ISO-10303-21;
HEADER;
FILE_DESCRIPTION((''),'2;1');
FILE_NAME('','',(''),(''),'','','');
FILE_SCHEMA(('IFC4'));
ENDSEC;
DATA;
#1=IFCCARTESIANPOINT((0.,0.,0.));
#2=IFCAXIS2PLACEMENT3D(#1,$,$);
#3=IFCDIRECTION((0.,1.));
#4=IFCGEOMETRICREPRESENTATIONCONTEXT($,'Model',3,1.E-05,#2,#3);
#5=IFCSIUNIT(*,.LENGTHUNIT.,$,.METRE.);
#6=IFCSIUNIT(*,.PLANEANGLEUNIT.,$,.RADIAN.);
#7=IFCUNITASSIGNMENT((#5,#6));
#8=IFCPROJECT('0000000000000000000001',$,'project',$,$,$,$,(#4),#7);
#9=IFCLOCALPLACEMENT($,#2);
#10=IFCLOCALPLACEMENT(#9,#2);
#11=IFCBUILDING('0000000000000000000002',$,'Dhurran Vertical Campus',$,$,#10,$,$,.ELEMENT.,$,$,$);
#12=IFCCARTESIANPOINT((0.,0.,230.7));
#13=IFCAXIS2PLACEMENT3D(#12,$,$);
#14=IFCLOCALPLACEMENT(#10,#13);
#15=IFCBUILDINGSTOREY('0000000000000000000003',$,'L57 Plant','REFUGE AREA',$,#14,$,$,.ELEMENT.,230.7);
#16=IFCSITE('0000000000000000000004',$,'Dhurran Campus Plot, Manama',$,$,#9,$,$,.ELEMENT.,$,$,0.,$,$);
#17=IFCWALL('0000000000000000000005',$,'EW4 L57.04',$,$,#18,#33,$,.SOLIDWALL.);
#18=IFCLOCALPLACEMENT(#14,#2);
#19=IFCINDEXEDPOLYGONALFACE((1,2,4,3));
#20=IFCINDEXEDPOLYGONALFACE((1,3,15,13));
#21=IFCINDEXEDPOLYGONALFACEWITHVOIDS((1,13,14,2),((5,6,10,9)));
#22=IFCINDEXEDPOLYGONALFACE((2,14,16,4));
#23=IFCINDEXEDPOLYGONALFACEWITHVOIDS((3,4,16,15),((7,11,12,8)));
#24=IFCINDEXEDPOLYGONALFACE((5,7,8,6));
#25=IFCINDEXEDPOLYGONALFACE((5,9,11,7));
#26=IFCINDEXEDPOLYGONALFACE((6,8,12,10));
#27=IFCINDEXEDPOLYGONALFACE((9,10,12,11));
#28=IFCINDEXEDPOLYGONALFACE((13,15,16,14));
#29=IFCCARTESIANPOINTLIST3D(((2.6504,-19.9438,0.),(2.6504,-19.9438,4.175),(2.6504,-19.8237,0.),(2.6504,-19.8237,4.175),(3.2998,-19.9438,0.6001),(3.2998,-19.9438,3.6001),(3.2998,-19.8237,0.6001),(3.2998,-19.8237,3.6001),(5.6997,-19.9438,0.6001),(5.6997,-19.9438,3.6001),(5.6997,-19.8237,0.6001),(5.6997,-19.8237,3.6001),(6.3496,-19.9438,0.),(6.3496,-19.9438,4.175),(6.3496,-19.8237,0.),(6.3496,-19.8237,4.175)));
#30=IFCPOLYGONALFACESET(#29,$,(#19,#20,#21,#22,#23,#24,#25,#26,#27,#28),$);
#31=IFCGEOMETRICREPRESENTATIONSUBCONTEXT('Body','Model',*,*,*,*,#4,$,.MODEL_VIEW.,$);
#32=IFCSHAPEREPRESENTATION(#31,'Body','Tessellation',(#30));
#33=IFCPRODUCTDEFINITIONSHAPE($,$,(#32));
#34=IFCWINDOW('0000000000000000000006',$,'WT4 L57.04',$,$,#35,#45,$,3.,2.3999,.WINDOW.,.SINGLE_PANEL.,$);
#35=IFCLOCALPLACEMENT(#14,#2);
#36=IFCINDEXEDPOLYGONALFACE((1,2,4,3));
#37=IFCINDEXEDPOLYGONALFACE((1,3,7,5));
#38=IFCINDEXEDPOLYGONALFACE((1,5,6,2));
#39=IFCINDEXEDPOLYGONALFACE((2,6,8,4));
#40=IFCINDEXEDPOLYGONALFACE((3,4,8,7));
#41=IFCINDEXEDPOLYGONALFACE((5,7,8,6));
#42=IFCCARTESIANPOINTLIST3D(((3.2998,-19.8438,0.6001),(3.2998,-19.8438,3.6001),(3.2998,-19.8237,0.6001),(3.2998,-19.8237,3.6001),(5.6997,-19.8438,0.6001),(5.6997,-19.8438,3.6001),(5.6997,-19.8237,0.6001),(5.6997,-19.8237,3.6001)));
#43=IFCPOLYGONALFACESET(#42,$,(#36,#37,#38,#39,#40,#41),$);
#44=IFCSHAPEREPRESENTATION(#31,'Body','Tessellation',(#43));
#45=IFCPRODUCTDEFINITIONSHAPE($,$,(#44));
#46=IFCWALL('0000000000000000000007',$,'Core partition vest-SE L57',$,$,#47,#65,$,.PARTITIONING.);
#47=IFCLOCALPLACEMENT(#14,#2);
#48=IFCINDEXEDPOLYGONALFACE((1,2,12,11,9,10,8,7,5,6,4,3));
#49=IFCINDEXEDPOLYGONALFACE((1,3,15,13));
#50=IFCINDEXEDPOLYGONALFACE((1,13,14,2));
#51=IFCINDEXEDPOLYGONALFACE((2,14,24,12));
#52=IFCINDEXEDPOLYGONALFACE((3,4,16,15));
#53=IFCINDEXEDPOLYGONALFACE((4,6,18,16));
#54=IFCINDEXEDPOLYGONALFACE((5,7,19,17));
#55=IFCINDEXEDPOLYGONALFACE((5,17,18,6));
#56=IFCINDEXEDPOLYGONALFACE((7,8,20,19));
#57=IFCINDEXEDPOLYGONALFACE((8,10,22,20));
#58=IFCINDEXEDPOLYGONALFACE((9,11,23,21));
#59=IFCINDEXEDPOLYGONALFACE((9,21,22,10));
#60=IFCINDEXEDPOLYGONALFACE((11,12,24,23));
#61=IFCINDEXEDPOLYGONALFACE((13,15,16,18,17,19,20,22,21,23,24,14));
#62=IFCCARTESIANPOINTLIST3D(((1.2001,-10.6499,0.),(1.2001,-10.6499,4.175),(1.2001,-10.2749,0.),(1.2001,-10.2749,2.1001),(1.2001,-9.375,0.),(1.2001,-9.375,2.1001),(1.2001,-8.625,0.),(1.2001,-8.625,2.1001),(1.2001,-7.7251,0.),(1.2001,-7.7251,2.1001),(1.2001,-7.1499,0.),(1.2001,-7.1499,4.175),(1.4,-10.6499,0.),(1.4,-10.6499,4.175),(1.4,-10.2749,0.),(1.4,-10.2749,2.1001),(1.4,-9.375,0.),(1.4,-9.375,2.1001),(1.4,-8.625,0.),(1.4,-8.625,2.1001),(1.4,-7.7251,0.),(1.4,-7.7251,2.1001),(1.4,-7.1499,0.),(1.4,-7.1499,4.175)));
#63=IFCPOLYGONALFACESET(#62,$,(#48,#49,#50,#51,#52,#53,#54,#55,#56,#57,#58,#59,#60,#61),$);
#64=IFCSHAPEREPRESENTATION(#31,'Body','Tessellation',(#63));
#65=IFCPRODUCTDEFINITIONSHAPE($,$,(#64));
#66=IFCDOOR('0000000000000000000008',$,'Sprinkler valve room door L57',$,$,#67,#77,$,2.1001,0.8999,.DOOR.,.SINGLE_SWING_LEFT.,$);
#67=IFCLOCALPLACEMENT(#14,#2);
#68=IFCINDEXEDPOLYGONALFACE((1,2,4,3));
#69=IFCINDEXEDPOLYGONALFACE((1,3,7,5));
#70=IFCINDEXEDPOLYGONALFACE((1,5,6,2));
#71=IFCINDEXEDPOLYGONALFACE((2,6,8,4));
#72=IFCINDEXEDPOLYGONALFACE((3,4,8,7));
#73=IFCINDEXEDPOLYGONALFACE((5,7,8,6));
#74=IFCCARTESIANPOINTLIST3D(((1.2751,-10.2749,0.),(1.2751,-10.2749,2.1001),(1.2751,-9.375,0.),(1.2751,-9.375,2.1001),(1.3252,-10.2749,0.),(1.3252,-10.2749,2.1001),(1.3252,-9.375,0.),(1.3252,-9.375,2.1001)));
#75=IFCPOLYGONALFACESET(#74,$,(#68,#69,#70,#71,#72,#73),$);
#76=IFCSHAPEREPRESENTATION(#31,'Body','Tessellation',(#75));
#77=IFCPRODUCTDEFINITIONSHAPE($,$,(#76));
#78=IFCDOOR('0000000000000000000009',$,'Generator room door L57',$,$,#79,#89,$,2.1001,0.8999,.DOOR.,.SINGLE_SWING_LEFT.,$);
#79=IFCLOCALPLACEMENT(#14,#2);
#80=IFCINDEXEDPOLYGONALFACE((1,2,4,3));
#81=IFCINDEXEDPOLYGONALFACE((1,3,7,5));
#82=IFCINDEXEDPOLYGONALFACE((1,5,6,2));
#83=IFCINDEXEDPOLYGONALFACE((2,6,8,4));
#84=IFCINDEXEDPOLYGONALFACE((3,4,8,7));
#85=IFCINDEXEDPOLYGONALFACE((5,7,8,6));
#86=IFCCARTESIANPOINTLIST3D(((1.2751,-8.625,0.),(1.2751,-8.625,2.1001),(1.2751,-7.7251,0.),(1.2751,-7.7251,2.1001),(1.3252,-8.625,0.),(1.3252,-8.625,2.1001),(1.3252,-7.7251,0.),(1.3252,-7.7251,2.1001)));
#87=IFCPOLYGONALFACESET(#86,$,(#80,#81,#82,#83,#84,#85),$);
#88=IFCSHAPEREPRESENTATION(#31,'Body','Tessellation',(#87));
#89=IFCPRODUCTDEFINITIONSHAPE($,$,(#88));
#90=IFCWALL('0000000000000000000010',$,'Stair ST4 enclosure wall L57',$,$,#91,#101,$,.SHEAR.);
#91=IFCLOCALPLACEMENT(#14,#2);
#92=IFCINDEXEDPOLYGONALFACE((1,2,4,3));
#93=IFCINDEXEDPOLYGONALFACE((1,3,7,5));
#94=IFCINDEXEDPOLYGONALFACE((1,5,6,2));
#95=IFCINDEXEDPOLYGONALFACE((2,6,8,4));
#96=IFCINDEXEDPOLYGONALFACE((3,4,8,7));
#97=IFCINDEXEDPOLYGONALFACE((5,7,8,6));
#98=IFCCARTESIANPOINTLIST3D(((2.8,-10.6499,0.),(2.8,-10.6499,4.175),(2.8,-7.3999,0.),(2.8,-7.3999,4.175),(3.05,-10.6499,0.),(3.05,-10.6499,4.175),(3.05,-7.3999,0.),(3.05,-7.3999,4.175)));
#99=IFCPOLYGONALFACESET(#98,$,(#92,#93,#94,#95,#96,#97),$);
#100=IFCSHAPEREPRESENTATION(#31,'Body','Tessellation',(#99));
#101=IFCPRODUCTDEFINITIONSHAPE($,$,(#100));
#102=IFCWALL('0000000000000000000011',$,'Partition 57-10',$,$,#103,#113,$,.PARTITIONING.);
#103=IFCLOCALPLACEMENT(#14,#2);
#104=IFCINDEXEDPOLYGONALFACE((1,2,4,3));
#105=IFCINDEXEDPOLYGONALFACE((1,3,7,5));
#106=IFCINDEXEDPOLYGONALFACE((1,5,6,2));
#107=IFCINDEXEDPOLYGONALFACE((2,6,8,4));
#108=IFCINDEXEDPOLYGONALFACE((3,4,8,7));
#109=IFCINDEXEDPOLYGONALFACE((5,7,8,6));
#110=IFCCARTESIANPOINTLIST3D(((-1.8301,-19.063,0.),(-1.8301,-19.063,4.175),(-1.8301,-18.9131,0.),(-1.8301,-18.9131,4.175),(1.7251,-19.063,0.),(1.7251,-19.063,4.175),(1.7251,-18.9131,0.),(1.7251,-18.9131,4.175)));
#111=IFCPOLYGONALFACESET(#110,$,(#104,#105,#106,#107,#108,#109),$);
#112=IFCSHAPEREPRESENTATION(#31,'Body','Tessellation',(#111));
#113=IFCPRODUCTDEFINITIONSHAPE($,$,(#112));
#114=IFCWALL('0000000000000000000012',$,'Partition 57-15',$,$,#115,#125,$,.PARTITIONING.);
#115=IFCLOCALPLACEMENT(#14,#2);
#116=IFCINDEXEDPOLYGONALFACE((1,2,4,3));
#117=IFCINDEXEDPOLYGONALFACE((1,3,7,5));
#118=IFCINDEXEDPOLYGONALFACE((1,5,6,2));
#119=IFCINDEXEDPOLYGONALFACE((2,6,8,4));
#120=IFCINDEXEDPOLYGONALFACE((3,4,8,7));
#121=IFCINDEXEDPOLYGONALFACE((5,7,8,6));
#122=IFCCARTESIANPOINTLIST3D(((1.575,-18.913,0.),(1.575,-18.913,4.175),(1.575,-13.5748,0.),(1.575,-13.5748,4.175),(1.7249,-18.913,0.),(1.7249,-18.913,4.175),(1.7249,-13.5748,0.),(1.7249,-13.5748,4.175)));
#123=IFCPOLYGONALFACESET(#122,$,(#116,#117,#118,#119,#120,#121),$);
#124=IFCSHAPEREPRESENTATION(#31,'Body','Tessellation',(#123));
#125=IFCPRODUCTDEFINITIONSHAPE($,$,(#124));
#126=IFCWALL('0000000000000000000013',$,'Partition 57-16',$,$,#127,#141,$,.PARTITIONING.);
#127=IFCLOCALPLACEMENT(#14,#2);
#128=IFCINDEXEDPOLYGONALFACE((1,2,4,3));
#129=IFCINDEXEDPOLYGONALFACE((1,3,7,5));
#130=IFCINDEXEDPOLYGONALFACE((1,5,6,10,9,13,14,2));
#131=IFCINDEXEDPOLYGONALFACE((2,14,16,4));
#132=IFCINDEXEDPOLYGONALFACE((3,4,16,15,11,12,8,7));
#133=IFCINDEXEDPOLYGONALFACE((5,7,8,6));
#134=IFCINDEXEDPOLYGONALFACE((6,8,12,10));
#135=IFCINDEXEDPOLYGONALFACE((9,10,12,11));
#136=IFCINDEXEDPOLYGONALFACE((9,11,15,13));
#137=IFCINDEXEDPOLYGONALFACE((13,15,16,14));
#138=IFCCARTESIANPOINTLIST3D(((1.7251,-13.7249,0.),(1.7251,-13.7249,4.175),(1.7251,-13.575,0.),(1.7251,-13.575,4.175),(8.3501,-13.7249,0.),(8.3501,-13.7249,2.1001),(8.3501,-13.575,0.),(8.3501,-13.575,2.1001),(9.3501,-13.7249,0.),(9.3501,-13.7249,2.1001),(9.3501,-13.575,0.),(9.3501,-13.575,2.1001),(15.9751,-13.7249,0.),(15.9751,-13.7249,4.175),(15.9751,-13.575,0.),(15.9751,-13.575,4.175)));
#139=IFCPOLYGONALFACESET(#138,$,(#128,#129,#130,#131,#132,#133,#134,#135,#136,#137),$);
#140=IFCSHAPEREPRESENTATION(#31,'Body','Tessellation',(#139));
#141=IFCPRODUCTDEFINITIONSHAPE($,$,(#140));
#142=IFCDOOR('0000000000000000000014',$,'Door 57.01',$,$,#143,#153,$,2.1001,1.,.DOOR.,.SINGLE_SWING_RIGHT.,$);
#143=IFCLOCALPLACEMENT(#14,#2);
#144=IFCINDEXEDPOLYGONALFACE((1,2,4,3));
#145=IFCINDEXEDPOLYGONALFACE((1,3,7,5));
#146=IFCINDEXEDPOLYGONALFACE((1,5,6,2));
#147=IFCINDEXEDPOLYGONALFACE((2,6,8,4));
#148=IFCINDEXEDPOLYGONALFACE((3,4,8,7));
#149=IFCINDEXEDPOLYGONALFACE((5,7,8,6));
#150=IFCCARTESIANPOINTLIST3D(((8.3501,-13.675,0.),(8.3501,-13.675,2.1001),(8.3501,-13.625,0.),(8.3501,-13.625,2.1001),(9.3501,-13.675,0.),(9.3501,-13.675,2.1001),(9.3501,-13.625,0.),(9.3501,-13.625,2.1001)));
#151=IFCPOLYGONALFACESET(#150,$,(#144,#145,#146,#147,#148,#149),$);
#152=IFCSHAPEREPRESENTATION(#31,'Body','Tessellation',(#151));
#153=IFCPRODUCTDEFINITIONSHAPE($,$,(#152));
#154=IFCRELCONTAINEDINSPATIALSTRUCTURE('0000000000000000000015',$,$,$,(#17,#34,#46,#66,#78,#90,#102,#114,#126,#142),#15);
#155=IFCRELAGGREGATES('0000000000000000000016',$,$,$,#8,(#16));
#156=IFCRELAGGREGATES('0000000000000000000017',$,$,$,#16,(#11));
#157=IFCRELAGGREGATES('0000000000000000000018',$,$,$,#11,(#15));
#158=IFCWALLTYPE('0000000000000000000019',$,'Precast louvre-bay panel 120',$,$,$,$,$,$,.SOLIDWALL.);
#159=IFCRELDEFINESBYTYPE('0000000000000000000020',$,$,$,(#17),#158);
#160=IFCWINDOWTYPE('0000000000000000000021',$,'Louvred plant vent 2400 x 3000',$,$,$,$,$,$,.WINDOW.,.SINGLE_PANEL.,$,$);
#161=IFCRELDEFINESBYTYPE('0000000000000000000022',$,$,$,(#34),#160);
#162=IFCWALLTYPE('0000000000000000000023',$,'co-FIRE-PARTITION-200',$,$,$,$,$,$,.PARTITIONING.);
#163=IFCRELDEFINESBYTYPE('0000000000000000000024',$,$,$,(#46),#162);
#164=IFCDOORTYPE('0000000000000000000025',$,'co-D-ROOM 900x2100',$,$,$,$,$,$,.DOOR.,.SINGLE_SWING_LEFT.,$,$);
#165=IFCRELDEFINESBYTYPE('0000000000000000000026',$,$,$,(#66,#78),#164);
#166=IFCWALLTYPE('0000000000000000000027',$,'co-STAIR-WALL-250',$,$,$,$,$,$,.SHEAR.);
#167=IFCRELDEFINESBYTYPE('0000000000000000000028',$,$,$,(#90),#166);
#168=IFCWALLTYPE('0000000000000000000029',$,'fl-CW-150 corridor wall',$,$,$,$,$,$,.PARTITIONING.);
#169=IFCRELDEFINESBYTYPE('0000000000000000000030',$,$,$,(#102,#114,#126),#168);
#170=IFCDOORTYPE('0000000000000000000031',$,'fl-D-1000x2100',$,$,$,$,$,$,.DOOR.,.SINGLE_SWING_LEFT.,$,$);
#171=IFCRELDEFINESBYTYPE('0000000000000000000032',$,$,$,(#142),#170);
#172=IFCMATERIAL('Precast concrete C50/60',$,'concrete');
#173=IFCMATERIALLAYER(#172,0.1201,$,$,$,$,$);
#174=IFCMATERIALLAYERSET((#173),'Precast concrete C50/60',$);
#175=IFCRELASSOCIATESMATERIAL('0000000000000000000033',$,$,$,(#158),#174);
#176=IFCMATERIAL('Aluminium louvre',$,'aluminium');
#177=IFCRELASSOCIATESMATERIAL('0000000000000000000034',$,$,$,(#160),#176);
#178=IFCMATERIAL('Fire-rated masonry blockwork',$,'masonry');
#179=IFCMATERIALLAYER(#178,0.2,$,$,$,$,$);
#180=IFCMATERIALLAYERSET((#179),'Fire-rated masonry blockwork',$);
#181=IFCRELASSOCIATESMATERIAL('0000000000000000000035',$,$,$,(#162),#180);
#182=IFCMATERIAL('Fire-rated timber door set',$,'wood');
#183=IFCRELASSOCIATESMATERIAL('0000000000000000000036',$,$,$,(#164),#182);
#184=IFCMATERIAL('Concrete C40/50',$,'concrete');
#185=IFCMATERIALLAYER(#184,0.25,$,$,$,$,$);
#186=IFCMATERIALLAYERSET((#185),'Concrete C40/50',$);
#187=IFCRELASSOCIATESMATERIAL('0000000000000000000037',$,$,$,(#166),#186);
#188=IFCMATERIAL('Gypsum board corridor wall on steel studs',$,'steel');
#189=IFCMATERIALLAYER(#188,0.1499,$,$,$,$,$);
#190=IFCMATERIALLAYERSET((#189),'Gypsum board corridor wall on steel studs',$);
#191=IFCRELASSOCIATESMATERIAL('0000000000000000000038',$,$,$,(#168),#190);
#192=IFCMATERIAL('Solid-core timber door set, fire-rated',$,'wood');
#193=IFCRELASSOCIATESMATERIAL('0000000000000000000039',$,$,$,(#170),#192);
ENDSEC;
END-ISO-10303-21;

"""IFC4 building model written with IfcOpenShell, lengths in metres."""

from ifc_helpers import new_model, si_unit, direction, frame, frame_2d, origin, place, context, subcontext, project, spatial, rectangle, extrude, material, layer, layer_set, type_object, element, fill, save


model = new_model("IFC4")

# Units and contexts
model_context = context("Model", 3, precision=1e-05, world=origin(), true_north=direction((0.0, 1.0)))
body_context = subcontext(model_context, "Body", "Model", "MODEL_VIEW")
ifc_project = project(units=[si_unit("LENGTHUNIT", "METRE"), si_unit("PLANEANGLEUNIT", "RADIAN")], contexts=[model_context])

# Site, building, storey
site_placement = place(None, origin())
site = spatial("IfcSite", under=ifc_project, at=site_placement, Name="Dhurran Campus Plot, Manama", CompositionType="ELEMENT", RefElevation=0.0)
building_placement = place(site_placement, origin())
building = spatial("IfcBuilding", under=site, at=building_placement, Name="Dhurran Vertical Campus", CompositionType="ELEMENT")
storey_placement = place(building_placement, frame((0.0, 0.0, 230.7)))
storey = spatial("IfcBuildingStorey", under=building, at=storey_placement, Name="L57 Plant", Description="REFUGE AREA", CompositionType="ELEMENT", Elevation=230.7)

# Wall, opening, window
ifc_material_1 = material(Name="Precast concrete C50/60", Category="concrete")
ifc_layer_1 = layer(ifc_material_1, 0.1201)
ifc_layer_set_1 = layer_set([ifc_layer_1], Name="Precast concrete C50/60")
wall_type_1 = type_object("IfcWallType", Name="Precast louvre-bay panel 120", PredefinedType="SOLIDWALL", material=ifc_layer_set_1)
wall_1_placement = place(storey_placement, frame((2.6504, -19.8838, 0.0), z_axis=(0.0, 0.0, 1.0), x_axis=(1.0, 0.0, 0.0)))
wall_1 = element("IfcWall", 1, at=wall_1_placement, inside=storey, type_object=wall_type_1, Name="EW4 L57.04", PredefinedType="SOLIDWALL", context=body_context, shape_type="SweptSolid", body=[
    extrude(rectangle(XDim=3.6992, YDim=0.1201, at=frame_2d((1.8496, 0.0))), origin(), (0.0, 0.0, 1.0), 4.175),
])
opening_1_placement = place(wall_1_placement, frame((0.6494, 0.0, 0.6001)))
opening_1 = element("IfcOpeningElement", 2, at=opening_1_placement, cuts=wall_1, PredefinedType="OPENING", context=body_context, shape_type="SweptSolid", body=[
    extrude(rectangle(XDim=2.3999, YDim=3.0, at=frame_2d((1.2, 1.5))), frame((0.0, 0.0701, 0.0), z_axis=(0.0, -1.0, 0.0), x_axis=(1.0, 0.0, 0.0)), (0.0, 0.0, 1.0), 0.1401),
])
ifc_material_2 = material(Name="Aluminium louvre", Category="aluminium")
window_type = type_object("IfcWindowType", Name="Louvred plant vent 2400 x 3000", PartitioningType="SINGLE_PANEL", PredefinedType="WINDOW", material=ifc_material_2)
window_placement = place(opening_1_placement, origin())
window = element("IfcWindow", 3, at=window_placement, inside=storey, type_object=window_type, Name="WT4 L57.04", OverallHeight=3.0, OverallWidth=2.3999, PartitioningType="SINGLE_PANEL", PredefinedType="WINDOW", context=body_context, shape_type="SweptSolid", body=[
    extrude(rectangle(XDim=2.3999, YDim=3.0, at=frame_2d((1.2, 1.5))), frame((0.0, 0.0601, 0.0), z_axis=(0.0, -1.0, 0.0), x_axis=(1.0, 0.0, 0.0)), (0.0, 0.0, 1.0), 0.02),
])
fill(opening_1, window)

# Wall, openings, doors
ifc_material_3 = material(Name="Fire-rated masonry blockwork", Category="masonry")
ifc_layer_2 = layer(ifc_material_3, 0.2)
ifc_layer_set_2 = layer_set([ifc_layer_2], Name="Fire-rated masonry blockwork")
wall_type_2 = type_object("IfcWallType", Name="co-FIRE-PARTITION-200", PredefinedType="PARTITIONING", material=ifc_layer_set_2)
wall_2_placement = place(storey_placement, frame((1.3, -10.6499, 0.0), z_axis=(0.0, 0.0, 1.0), x_axis=(0.0, 1.0, 0.0)))
wall_2 = element("IfcWall", 4, at=wall_2_placement, inside=storey, type_object=wall_type_2, Name="Core partition vest-SE L57", PredefinedType="PARTITIONING", context=body_context, shape_type="SweptSolid", body=[
    extrude(rectangle(XDim=3.5, YDim=0.2, at=frame_2d((1.75, 0.0))), origin(), (0.0, 0.0, 1.0), 4.175),
])
opening_2_placement = place(wall_2_placement, frame((0.375, 0.0, 0.0)))
opening_2 = element("IfcOpeningElement", 5, at=opening_2_placement, cuts=wall_2, PredefinedType="OPENING", context=body_context, shape_type="SweptSolid", body=[
    extrude(rectangle(XDim=0.8999, YDim=2.1001, at=frame_2d((0.45, 1.05))), frame((0.0, 0.1099, 0.0), z_axis=(0.0, -1.0, 0.0), x_axis=(1.0, 0.0, 0.0)), (0.0, 0.0, 1.0), 0.22),
])
opening_3_placement = place(wall_2_placement, frame((2.0249, 0.0, 0.0)))
opening_3 = element("IfcOpeningElement", 6, at=opening_3_placement, cuts=wall_2, PredefinedType="OPENING", context=body_context, shape_type="SweptSolid", body=[
    extrude(rectangle(XDim=0.8999, YDim=2.1001, at=frame_2d((0.45, 1.05))), frame((0.0, 0.1099, 0.0), z_axis=(0.0, -1.0, 0.0), x_axis=(1.0, 0.0, 0.0)), (0.0, 0.0, 1.0), 0.22),
])
ifc_material_4 = material(Name="Fire-rated timber door set", Category="wood")
door_type_1 = type_object("IfcDoorType", Name="co-D-ROOM 900x2100", OperationType="SINGLE_SWING_LEFT", PredefinedType="DOOR", material=ifc_material_4)
door_1_placement = place(opening_2_placement, origin())
door_1 = element("IfcDoor", 7, at=door_1_placement, inside=storey, type_object=door_type_1, Name="Sprinkler valve room door L57", OperationType="SINGLE_SWING_LEFT", OverallHeight=2.1001, OverallWidth=0.8999, PredefinedType="DOOR", context=body_context, shape_type="SweptSolid", body=[
    extrude(rectangle(XDim=0.8999, YDim=2.1001, at=frame_2d((0.45, 1.05))), frame((0.0, 0.0249, 0.0), z_axis=(0.0, -1.0, 0.0), x_axis=(1.0, 0.0, 0.0)), (0.0, 0.0, 1.0), 0.05),
])
fill(opening_2, door_1)
door_2_placement = place(opening_3_placement, origin())
door_2 = element("IfcDoor", 8, at=door_2_placement, inside=storey, type_object=door_type_1, Name="Generator room door L57", OperationType="SINGLE_SWING_LEFT", OverallHeight=2.1001, OverallWidth=0.8999, PredefinedType="DOOR", context=body_context, shape_type="SweptSolid", body=[
    extrude(rectangle(XDim=0.8999, YDim=2.1001, at=frame_2d((0.45, 1.05))), frame((0.0, 0.0249, 0.0), z_axis=(0.0, -1.0, 0.0), x_axis=(1.0, 0.0, 0.0)), (0.0, 0.0, 1.0), 0.05),
])
fill(opening_3, door_2)

# Walls
ifc_material_5 = material(Name="Concrete C40/50", Category="concrete")
ifc_layer_3 = layer(ifc_material_5, 0.25)
ifc_layer_set_3 = layer_set([ifc_layer_3], Name="Concrete C40/50")
wall_type_3 = type_object("IfcWallType", Name="co-STAIR-WALL-250", PredefinedType="SHEAR", material=ifc_layer_set_3)
wall_3_placement = place(storey_placement, frame((2.925, -10.6499, 0.0), z_axis=(0.0, 0.0, 1.0), x_axis=(0.0, 1.0, 0.0)))
element("IfcWall", 9, at=wall_3_placement, inside=storey, type_object=wall_type_3, Name="Stair ST4 enclosure wall L57", PredefinedType="SHEAR", context=body_context, shape_type="SweptSolid", body=[
    extrude(rectangle(XDim=3.25, YDim=0.25, at=frame_2d((1.625, 0.0))), origin(), (0.0, 0.0, 1.0), 4.175),
])
ifc_material_6 = material(Name="Gypsum board corridor wall on steel studs", Category="steel")
ifc_layer_4 = layer(ifc_material_6, 0.1499)
ifc_layer_set_4 = layer_set([ifc_layer_4], Name="Gypsum board corridor wall on steel studs")
wall_type_4 = type_object("IfcWallType", Name="fl-CW-150 corridor wall", PredefinedType="PARTITIONING", material=ifc_layer_set_4)
wall_4_placement = place(storey_placement, frame((1.7251, -18.988, 0.0), z_axis=(0.0, 0.0, 1.0), x_axis=(-1.0, 0.0, 0.0)))
element("IfcWall", 10, at=wall_4_placement, inside=storey, type_object=wall_type_4, Name="Partition 57-10", PredefinedType="PARTITIONING", context=body_context, shape_type="SweptSolid", body=[
    extrude(rectangle(XDim=3.5552, YDim=0.1499, at=frame_2d((1.7776, 0.0))), origin(), (0.0, 0.0, 1.0), 4.175),
])
wall_5_placement = place(storey_placement, frame((1.6499, -13.575, 0.0), z_axis=(0.0, 0.0, 1.0), x_axis=(0.0, -1.0, 0.0)))
element("IfcWall", 11, at=wall_5_placement, inside=storey, type_object=wall_type_4, Name="Partition 57-15", PredefinedType="PARTITIONING", context=body_context, shape_type="SweptSolid", body=[
    extrude(rectangle(XDim=5.3381, YDim=0.1499, at=frame_2d((2.6689, 0.0))), origin(), (0.0, 0.0, 1.0), 4.175),
])

# Wall, opening, door
wall_6_placement = place(storey_placement, frame((1.7251, -13.6499, 0.0), z_axis=(0.0, 0.0, 1.0), x_axis=(1.0, 0.0, 0.0)))
wall_6 = element("IfcWall", 12, at=wall_6_placement, inside=storey, type_object=wall_type_4, Name="Partition 57-16", PredefinedType="PARTITIONING", context=body_context, shape_type="SweptSolid", body=[
    extrude(rectangle(XDim=14.25, YDim=0.1499, at=frame_2d((7.125, 0.0))), origin(), (0.0, 0.0, 1.0), 4.175),
])
opening_4_placement = place(wall_6_placement, frame((6.625, 0.0, 0.0)))
opening_4 = element("IfcOpeningElement", 13, at=opening_4_placement, cuts=wall_6, PredefinedType="OPENING", context=body_context, shape_type="SweptSolid", body=[
    extrude(rectangle(XDim=1.0, YDim=2.1001, at=frame_2d((0.5, 1.05))), frame((0.0, 0.085, 0.0), z_axis=(0.0, -1.0, 0.0), x_axis=(1.0, 0.0, 0.0)), (0.0, 0.0, 1.0), 0.1699),
])
ifc_material_7 = material(Name="Solid-core timber door set, fire-rated", Category="wood")
door_type_2 = type_object("IfcDoorType", Name="fl-D-1000x2100", OperationType="SINGLE_SWING_LEFT", PredefinedType="DOOR", material=ifc_material_7)
door_3_placement = place(opening_4_placement, origin())
door_3 = element("IfcDoor", 14, at=door_3_placement, inside=storey, type_object=door_type_2, Name="Door 57.01", OperationType="SINGLE_SWING_RIGHT", OverallHeight=2.1001, OverallWidth=1.0, PredefinedType="DOOR", context=body_context, shape_type="SweptSolid", body=[
    extrude(rectangle(XDim=1.0, YDim=2.1001, at=frame_2d((0.5, 1.05))), frame((0.0, 0.0249, 0.0), z_axis=(0.0, -1.0, 0.0), x_axis=(1.0, 0.0, 0.0)), (0.0, 0.0, 1.0), 0.05),
])
fill(opening_4, door_3)

save(model, "model.ifc")
